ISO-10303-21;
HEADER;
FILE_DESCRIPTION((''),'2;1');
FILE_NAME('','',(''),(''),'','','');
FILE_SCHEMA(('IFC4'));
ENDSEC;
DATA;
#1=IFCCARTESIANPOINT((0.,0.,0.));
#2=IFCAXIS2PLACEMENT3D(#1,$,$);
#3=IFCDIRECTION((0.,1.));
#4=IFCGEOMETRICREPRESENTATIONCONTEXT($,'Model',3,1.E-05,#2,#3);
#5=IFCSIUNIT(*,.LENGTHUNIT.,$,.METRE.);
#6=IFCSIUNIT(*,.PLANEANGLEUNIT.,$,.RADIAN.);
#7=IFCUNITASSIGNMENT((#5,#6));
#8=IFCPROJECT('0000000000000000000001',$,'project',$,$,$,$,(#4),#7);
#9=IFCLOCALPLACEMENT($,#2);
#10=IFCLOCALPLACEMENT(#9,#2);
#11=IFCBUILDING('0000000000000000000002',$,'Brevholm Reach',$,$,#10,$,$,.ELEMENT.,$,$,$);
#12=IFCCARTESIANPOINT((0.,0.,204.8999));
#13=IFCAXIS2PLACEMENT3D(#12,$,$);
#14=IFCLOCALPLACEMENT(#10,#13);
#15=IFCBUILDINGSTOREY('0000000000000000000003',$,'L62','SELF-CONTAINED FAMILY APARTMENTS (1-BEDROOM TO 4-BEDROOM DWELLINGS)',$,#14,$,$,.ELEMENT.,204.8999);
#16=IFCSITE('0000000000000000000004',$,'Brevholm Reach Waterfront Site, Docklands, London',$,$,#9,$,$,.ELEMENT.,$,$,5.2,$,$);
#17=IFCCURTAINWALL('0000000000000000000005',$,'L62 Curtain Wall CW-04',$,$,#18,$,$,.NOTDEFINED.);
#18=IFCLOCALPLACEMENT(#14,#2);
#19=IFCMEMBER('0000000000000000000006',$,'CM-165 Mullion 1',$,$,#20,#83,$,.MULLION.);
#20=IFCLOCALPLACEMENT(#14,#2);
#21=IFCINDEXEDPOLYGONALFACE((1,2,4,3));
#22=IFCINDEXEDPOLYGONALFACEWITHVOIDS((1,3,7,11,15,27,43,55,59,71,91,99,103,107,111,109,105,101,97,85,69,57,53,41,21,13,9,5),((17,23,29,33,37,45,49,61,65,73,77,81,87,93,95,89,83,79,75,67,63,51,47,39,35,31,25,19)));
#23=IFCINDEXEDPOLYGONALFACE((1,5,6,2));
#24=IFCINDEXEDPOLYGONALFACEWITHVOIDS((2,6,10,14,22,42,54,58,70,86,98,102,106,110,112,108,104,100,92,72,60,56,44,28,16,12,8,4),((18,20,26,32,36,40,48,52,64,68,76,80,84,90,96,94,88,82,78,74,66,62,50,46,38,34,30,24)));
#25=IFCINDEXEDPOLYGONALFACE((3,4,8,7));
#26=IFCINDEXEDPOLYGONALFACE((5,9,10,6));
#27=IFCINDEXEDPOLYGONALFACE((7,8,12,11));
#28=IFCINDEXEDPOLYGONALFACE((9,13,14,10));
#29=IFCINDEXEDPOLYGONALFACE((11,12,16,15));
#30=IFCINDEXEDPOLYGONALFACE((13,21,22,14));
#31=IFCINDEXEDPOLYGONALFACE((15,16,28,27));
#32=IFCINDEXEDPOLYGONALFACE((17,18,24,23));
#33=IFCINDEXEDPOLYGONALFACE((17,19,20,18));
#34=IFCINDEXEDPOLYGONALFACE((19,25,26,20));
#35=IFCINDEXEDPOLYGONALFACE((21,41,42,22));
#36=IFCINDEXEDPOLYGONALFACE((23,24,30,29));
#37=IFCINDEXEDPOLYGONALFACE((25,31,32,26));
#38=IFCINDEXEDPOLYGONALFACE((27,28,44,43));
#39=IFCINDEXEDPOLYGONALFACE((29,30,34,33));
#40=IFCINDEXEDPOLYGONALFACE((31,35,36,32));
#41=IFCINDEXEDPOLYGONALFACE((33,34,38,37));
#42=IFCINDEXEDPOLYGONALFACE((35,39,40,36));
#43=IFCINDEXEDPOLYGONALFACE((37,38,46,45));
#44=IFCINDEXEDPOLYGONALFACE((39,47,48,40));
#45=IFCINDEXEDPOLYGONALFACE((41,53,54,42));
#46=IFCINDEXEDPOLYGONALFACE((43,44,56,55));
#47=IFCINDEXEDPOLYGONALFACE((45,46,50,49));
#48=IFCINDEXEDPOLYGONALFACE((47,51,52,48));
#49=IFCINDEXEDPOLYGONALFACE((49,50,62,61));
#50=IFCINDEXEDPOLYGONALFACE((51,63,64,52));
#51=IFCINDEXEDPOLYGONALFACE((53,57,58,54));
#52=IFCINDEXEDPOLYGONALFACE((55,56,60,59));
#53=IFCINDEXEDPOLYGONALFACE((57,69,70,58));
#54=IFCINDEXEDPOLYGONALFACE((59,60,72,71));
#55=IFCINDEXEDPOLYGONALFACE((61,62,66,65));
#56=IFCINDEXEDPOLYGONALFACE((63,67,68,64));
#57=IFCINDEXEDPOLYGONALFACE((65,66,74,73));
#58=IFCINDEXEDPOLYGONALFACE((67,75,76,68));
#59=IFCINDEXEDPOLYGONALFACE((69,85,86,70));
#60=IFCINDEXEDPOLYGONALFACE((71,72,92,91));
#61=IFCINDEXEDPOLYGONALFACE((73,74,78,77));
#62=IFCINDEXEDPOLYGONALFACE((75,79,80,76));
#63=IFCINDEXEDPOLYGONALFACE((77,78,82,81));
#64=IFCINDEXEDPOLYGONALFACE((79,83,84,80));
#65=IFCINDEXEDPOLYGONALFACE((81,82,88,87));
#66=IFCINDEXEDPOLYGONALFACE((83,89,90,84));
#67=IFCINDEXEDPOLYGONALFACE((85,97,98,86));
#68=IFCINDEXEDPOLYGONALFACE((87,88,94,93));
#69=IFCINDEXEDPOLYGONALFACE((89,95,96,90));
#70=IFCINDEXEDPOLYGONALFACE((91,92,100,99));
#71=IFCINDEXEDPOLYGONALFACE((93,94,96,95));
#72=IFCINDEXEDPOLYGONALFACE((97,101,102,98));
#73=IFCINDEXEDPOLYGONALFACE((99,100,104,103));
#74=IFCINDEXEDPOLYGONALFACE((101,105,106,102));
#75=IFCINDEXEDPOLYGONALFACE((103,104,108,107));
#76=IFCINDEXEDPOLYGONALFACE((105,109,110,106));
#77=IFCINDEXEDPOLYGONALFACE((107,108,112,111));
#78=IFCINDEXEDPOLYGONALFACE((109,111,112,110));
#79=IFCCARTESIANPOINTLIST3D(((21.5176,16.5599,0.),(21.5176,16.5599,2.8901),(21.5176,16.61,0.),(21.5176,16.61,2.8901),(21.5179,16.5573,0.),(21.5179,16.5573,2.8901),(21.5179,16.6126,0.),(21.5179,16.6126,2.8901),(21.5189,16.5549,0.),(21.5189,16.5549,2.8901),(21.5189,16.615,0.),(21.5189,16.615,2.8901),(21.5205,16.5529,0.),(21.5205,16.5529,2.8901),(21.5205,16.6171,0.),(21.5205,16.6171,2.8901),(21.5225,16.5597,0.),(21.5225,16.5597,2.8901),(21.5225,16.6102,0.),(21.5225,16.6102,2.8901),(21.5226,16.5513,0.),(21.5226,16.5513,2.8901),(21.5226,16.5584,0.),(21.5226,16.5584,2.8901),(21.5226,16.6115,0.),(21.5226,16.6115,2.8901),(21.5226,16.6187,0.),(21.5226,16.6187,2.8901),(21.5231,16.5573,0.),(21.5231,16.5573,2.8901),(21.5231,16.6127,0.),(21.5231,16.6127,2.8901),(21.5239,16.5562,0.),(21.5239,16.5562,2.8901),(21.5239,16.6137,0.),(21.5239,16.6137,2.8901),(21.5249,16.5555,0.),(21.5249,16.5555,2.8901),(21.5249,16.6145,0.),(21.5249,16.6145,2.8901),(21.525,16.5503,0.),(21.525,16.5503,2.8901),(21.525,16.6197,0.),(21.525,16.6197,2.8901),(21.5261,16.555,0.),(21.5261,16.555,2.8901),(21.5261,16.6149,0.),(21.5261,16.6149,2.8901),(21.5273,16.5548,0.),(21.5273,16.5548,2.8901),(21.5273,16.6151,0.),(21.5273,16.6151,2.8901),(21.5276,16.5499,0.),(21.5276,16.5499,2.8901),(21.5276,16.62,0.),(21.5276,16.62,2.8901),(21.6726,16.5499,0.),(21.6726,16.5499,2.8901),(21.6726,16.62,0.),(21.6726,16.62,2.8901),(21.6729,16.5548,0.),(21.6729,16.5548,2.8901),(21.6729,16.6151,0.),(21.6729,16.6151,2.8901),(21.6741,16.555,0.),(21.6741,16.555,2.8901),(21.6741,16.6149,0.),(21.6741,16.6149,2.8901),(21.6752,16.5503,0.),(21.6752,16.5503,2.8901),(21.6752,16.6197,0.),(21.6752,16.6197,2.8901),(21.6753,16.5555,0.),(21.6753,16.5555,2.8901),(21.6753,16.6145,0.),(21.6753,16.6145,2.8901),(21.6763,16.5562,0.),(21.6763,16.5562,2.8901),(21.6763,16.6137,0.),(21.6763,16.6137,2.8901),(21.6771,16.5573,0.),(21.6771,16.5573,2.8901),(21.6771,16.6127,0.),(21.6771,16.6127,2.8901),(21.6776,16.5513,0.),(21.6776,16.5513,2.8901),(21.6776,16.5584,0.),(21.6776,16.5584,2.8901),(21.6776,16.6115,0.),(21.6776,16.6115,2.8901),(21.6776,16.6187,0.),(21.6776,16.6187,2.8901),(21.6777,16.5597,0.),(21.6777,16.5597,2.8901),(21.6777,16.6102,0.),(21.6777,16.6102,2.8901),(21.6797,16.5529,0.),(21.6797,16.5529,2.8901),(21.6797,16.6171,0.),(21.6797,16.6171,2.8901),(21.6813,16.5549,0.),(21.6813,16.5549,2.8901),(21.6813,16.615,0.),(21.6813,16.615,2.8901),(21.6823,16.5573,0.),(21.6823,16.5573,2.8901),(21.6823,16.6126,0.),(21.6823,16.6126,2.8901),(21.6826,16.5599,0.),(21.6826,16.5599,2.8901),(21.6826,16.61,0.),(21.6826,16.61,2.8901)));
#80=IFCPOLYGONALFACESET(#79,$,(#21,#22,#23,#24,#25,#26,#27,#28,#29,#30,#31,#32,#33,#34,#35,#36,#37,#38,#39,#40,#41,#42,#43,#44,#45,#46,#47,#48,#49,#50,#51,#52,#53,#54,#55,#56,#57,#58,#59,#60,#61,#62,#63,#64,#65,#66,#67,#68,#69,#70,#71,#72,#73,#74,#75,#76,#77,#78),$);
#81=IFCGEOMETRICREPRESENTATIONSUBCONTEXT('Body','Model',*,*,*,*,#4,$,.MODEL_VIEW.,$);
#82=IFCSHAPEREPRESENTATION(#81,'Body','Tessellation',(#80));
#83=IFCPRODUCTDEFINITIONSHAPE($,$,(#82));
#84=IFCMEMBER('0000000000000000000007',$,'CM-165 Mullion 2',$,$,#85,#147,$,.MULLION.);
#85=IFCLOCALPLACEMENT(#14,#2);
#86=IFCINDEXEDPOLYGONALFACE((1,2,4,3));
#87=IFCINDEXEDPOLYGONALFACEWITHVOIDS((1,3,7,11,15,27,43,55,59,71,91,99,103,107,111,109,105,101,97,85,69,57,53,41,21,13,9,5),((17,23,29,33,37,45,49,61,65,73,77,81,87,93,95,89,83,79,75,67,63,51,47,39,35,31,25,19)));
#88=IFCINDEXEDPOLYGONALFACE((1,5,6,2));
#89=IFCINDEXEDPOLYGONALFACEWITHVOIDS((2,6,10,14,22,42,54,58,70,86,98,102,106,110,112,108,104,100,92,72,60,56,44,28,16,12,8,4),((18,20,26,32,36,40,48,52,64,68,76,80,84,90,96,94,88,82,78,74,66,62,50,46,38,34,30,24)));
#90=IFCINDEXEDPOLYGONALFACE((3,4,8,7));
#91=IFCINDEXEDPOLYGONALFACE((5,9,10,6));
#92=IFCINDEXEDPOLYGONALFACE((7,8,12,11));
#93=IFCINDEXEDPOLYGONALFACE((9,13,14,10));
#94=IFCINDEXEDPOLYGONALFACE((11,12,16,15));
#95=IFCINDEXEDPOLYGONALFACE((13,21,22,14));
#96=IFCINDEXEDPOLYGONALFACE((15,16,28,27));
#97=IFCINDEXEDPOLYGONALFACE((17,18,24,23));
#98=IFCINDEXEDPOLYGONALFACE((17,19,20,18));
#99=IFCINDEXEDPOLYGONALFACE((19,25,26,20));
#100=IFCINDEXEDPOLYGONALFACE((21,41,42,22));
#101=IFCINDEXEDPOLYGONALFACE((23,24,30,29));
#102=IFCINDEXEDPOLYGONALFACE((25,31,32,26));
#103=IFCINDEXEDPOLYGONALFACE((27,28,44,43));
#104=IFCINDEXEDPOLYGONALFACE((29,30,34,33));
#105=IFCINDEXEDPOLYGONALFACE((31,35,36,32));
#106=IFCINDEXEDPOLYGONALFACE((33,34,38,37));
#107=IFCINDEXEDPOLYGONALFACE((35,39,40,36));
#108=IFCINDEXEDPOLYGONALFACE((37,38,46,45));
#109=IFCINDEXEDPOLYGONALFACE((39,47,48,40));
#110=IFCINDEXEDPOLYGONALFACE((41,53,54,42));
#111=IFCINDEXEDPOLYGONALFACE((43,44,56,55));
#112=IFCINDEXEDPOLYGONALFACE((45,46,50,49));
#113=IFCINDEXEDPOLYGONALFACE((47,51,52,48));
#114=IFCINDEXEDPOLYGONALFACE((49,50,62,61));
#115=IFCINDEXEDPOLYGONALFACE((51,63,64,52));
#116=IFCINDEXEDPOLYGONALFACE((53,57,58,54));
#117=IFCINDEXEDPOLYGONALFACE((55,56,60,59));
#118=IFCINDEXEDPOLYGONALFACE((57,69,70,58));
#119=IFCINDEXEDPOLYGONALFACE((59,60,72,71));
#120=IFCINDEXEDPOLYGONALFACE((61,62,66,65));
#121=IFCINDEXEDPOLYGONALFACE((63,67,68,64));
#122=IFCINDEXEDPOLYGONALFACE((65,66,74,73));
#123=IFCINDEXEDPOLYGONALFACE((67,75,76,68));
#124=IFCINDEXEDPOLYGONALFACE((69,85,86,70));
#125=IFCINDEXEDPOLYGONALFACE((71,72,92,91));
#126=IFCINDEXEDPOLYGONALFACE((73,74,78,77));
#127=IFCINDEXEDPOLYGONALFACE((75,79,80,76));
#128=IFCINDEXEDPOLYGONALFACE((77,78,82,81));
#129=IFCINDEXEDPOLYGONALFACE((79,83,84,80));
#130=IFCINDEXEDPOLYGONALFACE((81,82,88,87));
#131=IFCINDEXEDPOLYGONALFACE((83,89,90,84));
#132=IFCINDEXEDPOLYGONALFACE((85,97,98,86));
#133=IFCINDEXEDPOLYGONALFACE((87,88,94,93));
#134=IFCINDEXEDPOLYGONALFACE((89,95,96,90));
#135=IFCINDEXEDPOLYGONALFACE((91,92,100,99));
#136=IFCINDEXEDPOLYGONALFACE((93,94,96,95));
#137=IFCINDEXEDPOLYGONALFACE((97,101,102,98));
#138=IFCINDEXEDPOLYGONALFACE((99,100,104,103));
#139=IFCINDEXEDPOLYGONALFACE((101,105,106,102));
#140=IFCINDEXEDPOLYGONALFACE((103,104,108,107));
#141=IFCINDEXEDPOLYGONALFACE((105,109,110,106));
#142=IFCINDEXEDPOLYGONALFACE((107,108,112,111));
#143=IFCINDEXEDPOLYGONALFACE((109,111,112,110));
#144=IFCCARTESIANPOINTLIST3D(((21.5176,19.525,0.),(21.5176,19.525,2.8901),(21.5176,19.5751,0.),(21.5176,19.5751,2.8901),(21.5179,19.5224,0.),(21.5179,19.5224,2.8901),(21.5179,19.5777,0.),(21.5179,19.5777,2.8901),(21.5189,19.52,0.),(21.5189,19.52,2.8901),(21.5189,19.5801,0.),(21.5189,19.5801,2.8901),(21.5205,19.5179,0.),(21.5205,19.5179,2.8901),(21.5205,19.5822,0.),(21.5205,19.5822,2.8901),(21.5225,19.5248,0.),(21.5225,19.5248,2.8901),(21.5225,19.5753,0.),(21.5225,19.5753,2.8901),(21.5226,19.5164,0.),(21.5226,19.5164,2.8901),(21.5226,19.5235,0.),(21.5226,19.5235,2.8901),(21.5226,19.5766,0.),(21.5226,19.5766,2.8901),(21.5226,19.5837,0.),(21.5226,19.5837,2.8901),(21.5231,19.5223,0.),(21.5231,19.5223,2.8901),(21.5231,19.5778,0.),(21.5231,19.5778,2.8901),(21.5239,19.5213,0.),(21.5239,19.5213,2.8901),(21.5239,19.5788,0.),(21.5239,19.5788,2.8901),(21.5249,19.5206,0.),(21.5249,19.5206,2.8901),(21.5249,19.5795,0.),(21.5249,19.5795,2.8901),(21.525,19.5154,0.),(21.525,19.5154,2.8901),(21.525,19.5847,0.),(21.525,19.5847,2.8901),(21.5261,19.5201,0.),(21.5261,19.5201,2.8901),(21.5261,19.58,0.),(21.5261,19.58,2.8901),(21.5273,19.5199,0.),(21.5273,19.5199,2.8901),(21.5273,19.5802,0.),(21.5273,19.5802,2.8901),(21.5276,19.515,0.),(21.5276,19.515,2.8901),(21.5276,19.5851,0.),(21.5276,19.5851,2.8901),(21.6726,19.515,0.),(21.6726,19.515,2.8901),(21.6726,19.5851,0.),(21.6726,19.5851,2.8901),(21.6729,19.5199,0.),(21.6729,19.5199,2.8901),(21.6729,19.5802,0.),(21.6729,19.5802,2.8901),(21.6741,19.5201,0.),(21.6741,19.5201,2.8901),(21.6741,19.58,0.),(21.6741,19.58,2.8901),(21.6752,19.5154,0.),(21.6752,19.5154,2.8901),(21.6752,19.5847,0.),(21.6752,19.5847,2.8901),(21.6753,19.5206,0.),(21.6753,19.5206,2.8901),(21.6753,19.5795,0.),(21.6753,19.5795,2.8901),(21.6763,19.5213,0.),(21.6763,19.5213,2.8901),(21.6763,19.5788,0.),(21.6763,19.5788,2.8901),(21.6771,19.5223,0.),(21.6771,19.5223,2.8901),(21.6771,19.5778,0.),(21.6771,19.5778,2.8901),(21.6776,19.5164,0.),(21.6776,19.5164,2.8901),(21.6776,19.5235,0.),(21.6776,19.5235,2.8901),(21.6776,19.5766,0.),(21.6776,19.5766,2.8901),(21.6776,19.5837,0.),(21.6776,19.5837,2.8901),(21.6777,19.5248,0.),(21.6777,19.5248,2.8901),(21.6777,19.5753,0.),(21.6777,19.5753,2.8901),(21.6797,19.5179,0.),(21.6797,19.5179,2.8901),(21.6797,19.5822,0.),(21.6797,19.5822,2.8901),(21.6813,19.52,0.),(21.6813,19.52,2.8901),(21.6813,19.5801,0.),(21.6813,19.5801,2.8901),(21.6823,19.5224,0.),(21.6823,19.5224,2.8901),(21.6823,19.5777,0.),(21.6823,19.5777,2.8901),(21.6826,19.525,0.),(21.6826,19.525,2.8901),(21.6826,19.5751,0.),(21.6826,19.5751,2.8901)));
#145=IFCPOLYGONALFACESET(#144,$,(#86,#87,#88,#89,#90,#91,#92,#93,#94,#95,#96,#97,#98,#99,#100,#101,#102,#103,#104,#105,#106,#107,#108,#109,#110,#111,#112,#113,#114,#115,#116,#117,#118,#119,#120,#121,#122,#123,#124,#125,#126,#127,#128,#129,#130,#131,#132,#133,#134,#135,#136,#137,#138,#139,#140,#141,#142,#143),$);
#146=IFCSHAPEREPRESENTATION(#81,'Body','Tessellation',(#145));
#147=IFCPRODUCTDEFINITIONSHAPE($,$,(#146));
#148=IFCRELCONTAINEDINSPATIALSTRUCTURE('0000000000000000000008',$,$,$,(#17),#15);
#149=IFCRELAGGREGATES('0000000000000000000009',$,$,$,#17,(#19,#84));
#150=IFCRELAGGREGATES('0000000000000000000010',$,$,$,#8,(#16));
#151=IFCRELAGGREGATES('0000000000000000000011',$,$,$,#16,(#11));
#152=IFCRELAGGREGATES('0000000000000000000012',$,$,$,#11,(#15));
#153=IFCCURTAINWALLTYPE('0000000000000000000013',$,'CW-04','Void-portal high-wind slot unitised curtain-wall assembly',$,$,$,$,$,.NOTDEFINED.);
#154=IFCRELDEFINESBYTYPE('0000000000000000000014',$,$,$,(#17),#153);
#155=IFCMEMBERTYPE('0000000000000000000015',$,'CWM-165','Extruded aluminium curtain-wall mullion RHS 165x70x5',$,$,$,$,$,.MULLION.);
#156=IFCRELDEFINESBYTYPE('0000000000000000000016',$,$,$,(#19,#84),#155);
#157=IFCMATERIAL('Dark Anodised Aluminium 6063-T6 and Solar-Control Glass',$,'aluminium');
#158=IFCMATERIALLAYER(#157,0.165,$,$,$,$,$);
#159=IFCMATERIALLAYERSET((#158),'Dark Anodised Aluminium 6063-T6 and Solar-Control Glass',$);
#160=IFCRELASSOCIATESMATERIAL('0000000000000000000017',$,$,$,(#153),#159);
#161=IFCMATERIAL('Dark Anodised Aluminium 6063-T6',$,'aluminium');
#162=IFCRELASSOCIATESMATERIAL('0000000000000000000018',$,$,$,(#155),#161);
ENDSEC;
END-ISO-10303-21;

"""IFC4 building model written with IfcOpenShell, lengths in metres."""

from ifc_helpers import new_model, si_unit, direction, frame, origin, origin_2d, place, context, subcontext, project, spatial, hollow_rectangle, extrude, material, layer, layer_set, material_profile, profile_set, type_object, element, aggregate, save


model = new_model("IFC4")

# Units and contexts
model_context = context("Model", 3, precision=1e-05, world=origin(), true_north=direction((0.0, 1.0)))
body_context = subcontext(model_context, "Body", "Model", "MODEL_VIEW")
ifc_project = project(units=[si_unit("LENGTHUNIT", "METRE"), si_unit("PLANEANGLEUNIT", "RADIAN")], contexts=[model_context])

# Site, building, storey
site_placement = place(None, origin())
site = spatial("IfcSite", under=ifc_project, at=site_placement, Name="Brevholm Reach Waterfront Site, Docklands, London", CompositionType="ELEMENT", RefElevation=5.2)
building_placement = place(site_placement, origin())
building = spatial("IfcBuilding", under=site, at=building_placement, Name="Brevholm Reach", CompositionType="ELEMENT")
storey_placement = place(building_placement, frame((0.0, 0.0, 204.8999)))
storey = spatial("IfcBuildingStorey", under=building, at=storey_placement, Name="L62", Description="SELF-CONTAINED FAMILY APARTMENTS (1-BEDROOM TO 4-BEDROOM DWELLINGS)", CompositionType="ELEMENT", Elevation=204.8999)

# Curtain wall, members
ifc_material_1 = material(Name="Dark Anodised Aluminium 6063-T6 and Solar-Control Glass", Category="aluminium")
ifc_layer_1 = layer(ifc_material_1, 0.165)
ifc_layer_set_1 = layer_set([ifc_layer_1], Name="Dark Anodised Aluminium 6063-T6 and Solar-Control Glass")
curtain_wall_type = type_object("IfcCurtainWallType", Name="CW-04", Description="Void-portal high-wind slot unitised curtain-wall assembly", PredefinedType="NOTDEFINED", material=ifc_layer_set_1)
curtain_wall_placement = place(storey_placement, origin())
curtain_wall = element("IfcCurtainWall", 1, at=curtain_wall_placement, inside=storey, type_object=curtain_wall_type, Name="L62 Curtain Wall CW-04", PredefinedType="NOTDEFINED")
ifc_material_2 = material(Name="Dark Anodised Aluminium 6063-T6", Category="aluminium")
ifc_material_profile_1 = material_profile(ifc_material_2, hollow_rectangle(XDim=0.0701, YDim=0.165, WallThickness=0.0049, InnerFilletRadius=0.0049, OuterFilletRadius=0.01, at=origin_2d()), Name="RHS 165x70x5")
ifc_profile_set_1 = profile_set([ifc_material_profile_1], Name="Dark Anodised Aluminium 6063-T6")
member_type_1 = type_object("IfcMemberType", Name="CWM-165", Description="Extruded aluminium curtain-wall mullion RHS 165x70x5", PredefinedType="MULLION", material=ifc_profile_set_1)
member_1_placement = place(storey_placement, frame((21.6001, 16.585, 0.0), z_axis=(0.0, 0.0, 1.0), x_axis=(0.0, 1.0, 0.0)))
member_1 = element("IfcMember", 2, at=member_1_placement, type_object=member_type_1, Name="CM-165 Mullion 1", PredefinedType="MULLION", context=body_context, shape_type="SweptSolid", body=[
    extrude(hollow_rectangle(XDim=0.0701, YDim=0.165, WallThickness=0.0049, InnerFilletRadius=0.0049, OuterFilletRadius=0.01, at=origin_2d()), origin(), (0.0, 0.0, 1.0), 2.8901),
])
member_2_placement = place(storey_placement, frame((21.6001, 19.55, 0.0), z_axis=(0.0, 0.0, 1.0), x_axis=(0.0, 1.0, 0.0)))
member_2 = element("IfcMember", 3, at=member_2_placement, type_object=member_type_1, Name="CM-165 Mullion 2", PredefinedType="MULLION", context=body_context, shape_type="SweptSolid", body=[
    extrude(hollow_rectangle(XDim=0.0701, YDim=0.165, WallThickness=0.0049, InnerFilletRadius=0.0049, OuterFilletRadius=0.01, at=origin_2d()), origin(), (0.0, 0.0, 1.0), 2.8901),
])
aggregate(curtain_wall, [member_1, member_2])

save(model, "model.ifc")
